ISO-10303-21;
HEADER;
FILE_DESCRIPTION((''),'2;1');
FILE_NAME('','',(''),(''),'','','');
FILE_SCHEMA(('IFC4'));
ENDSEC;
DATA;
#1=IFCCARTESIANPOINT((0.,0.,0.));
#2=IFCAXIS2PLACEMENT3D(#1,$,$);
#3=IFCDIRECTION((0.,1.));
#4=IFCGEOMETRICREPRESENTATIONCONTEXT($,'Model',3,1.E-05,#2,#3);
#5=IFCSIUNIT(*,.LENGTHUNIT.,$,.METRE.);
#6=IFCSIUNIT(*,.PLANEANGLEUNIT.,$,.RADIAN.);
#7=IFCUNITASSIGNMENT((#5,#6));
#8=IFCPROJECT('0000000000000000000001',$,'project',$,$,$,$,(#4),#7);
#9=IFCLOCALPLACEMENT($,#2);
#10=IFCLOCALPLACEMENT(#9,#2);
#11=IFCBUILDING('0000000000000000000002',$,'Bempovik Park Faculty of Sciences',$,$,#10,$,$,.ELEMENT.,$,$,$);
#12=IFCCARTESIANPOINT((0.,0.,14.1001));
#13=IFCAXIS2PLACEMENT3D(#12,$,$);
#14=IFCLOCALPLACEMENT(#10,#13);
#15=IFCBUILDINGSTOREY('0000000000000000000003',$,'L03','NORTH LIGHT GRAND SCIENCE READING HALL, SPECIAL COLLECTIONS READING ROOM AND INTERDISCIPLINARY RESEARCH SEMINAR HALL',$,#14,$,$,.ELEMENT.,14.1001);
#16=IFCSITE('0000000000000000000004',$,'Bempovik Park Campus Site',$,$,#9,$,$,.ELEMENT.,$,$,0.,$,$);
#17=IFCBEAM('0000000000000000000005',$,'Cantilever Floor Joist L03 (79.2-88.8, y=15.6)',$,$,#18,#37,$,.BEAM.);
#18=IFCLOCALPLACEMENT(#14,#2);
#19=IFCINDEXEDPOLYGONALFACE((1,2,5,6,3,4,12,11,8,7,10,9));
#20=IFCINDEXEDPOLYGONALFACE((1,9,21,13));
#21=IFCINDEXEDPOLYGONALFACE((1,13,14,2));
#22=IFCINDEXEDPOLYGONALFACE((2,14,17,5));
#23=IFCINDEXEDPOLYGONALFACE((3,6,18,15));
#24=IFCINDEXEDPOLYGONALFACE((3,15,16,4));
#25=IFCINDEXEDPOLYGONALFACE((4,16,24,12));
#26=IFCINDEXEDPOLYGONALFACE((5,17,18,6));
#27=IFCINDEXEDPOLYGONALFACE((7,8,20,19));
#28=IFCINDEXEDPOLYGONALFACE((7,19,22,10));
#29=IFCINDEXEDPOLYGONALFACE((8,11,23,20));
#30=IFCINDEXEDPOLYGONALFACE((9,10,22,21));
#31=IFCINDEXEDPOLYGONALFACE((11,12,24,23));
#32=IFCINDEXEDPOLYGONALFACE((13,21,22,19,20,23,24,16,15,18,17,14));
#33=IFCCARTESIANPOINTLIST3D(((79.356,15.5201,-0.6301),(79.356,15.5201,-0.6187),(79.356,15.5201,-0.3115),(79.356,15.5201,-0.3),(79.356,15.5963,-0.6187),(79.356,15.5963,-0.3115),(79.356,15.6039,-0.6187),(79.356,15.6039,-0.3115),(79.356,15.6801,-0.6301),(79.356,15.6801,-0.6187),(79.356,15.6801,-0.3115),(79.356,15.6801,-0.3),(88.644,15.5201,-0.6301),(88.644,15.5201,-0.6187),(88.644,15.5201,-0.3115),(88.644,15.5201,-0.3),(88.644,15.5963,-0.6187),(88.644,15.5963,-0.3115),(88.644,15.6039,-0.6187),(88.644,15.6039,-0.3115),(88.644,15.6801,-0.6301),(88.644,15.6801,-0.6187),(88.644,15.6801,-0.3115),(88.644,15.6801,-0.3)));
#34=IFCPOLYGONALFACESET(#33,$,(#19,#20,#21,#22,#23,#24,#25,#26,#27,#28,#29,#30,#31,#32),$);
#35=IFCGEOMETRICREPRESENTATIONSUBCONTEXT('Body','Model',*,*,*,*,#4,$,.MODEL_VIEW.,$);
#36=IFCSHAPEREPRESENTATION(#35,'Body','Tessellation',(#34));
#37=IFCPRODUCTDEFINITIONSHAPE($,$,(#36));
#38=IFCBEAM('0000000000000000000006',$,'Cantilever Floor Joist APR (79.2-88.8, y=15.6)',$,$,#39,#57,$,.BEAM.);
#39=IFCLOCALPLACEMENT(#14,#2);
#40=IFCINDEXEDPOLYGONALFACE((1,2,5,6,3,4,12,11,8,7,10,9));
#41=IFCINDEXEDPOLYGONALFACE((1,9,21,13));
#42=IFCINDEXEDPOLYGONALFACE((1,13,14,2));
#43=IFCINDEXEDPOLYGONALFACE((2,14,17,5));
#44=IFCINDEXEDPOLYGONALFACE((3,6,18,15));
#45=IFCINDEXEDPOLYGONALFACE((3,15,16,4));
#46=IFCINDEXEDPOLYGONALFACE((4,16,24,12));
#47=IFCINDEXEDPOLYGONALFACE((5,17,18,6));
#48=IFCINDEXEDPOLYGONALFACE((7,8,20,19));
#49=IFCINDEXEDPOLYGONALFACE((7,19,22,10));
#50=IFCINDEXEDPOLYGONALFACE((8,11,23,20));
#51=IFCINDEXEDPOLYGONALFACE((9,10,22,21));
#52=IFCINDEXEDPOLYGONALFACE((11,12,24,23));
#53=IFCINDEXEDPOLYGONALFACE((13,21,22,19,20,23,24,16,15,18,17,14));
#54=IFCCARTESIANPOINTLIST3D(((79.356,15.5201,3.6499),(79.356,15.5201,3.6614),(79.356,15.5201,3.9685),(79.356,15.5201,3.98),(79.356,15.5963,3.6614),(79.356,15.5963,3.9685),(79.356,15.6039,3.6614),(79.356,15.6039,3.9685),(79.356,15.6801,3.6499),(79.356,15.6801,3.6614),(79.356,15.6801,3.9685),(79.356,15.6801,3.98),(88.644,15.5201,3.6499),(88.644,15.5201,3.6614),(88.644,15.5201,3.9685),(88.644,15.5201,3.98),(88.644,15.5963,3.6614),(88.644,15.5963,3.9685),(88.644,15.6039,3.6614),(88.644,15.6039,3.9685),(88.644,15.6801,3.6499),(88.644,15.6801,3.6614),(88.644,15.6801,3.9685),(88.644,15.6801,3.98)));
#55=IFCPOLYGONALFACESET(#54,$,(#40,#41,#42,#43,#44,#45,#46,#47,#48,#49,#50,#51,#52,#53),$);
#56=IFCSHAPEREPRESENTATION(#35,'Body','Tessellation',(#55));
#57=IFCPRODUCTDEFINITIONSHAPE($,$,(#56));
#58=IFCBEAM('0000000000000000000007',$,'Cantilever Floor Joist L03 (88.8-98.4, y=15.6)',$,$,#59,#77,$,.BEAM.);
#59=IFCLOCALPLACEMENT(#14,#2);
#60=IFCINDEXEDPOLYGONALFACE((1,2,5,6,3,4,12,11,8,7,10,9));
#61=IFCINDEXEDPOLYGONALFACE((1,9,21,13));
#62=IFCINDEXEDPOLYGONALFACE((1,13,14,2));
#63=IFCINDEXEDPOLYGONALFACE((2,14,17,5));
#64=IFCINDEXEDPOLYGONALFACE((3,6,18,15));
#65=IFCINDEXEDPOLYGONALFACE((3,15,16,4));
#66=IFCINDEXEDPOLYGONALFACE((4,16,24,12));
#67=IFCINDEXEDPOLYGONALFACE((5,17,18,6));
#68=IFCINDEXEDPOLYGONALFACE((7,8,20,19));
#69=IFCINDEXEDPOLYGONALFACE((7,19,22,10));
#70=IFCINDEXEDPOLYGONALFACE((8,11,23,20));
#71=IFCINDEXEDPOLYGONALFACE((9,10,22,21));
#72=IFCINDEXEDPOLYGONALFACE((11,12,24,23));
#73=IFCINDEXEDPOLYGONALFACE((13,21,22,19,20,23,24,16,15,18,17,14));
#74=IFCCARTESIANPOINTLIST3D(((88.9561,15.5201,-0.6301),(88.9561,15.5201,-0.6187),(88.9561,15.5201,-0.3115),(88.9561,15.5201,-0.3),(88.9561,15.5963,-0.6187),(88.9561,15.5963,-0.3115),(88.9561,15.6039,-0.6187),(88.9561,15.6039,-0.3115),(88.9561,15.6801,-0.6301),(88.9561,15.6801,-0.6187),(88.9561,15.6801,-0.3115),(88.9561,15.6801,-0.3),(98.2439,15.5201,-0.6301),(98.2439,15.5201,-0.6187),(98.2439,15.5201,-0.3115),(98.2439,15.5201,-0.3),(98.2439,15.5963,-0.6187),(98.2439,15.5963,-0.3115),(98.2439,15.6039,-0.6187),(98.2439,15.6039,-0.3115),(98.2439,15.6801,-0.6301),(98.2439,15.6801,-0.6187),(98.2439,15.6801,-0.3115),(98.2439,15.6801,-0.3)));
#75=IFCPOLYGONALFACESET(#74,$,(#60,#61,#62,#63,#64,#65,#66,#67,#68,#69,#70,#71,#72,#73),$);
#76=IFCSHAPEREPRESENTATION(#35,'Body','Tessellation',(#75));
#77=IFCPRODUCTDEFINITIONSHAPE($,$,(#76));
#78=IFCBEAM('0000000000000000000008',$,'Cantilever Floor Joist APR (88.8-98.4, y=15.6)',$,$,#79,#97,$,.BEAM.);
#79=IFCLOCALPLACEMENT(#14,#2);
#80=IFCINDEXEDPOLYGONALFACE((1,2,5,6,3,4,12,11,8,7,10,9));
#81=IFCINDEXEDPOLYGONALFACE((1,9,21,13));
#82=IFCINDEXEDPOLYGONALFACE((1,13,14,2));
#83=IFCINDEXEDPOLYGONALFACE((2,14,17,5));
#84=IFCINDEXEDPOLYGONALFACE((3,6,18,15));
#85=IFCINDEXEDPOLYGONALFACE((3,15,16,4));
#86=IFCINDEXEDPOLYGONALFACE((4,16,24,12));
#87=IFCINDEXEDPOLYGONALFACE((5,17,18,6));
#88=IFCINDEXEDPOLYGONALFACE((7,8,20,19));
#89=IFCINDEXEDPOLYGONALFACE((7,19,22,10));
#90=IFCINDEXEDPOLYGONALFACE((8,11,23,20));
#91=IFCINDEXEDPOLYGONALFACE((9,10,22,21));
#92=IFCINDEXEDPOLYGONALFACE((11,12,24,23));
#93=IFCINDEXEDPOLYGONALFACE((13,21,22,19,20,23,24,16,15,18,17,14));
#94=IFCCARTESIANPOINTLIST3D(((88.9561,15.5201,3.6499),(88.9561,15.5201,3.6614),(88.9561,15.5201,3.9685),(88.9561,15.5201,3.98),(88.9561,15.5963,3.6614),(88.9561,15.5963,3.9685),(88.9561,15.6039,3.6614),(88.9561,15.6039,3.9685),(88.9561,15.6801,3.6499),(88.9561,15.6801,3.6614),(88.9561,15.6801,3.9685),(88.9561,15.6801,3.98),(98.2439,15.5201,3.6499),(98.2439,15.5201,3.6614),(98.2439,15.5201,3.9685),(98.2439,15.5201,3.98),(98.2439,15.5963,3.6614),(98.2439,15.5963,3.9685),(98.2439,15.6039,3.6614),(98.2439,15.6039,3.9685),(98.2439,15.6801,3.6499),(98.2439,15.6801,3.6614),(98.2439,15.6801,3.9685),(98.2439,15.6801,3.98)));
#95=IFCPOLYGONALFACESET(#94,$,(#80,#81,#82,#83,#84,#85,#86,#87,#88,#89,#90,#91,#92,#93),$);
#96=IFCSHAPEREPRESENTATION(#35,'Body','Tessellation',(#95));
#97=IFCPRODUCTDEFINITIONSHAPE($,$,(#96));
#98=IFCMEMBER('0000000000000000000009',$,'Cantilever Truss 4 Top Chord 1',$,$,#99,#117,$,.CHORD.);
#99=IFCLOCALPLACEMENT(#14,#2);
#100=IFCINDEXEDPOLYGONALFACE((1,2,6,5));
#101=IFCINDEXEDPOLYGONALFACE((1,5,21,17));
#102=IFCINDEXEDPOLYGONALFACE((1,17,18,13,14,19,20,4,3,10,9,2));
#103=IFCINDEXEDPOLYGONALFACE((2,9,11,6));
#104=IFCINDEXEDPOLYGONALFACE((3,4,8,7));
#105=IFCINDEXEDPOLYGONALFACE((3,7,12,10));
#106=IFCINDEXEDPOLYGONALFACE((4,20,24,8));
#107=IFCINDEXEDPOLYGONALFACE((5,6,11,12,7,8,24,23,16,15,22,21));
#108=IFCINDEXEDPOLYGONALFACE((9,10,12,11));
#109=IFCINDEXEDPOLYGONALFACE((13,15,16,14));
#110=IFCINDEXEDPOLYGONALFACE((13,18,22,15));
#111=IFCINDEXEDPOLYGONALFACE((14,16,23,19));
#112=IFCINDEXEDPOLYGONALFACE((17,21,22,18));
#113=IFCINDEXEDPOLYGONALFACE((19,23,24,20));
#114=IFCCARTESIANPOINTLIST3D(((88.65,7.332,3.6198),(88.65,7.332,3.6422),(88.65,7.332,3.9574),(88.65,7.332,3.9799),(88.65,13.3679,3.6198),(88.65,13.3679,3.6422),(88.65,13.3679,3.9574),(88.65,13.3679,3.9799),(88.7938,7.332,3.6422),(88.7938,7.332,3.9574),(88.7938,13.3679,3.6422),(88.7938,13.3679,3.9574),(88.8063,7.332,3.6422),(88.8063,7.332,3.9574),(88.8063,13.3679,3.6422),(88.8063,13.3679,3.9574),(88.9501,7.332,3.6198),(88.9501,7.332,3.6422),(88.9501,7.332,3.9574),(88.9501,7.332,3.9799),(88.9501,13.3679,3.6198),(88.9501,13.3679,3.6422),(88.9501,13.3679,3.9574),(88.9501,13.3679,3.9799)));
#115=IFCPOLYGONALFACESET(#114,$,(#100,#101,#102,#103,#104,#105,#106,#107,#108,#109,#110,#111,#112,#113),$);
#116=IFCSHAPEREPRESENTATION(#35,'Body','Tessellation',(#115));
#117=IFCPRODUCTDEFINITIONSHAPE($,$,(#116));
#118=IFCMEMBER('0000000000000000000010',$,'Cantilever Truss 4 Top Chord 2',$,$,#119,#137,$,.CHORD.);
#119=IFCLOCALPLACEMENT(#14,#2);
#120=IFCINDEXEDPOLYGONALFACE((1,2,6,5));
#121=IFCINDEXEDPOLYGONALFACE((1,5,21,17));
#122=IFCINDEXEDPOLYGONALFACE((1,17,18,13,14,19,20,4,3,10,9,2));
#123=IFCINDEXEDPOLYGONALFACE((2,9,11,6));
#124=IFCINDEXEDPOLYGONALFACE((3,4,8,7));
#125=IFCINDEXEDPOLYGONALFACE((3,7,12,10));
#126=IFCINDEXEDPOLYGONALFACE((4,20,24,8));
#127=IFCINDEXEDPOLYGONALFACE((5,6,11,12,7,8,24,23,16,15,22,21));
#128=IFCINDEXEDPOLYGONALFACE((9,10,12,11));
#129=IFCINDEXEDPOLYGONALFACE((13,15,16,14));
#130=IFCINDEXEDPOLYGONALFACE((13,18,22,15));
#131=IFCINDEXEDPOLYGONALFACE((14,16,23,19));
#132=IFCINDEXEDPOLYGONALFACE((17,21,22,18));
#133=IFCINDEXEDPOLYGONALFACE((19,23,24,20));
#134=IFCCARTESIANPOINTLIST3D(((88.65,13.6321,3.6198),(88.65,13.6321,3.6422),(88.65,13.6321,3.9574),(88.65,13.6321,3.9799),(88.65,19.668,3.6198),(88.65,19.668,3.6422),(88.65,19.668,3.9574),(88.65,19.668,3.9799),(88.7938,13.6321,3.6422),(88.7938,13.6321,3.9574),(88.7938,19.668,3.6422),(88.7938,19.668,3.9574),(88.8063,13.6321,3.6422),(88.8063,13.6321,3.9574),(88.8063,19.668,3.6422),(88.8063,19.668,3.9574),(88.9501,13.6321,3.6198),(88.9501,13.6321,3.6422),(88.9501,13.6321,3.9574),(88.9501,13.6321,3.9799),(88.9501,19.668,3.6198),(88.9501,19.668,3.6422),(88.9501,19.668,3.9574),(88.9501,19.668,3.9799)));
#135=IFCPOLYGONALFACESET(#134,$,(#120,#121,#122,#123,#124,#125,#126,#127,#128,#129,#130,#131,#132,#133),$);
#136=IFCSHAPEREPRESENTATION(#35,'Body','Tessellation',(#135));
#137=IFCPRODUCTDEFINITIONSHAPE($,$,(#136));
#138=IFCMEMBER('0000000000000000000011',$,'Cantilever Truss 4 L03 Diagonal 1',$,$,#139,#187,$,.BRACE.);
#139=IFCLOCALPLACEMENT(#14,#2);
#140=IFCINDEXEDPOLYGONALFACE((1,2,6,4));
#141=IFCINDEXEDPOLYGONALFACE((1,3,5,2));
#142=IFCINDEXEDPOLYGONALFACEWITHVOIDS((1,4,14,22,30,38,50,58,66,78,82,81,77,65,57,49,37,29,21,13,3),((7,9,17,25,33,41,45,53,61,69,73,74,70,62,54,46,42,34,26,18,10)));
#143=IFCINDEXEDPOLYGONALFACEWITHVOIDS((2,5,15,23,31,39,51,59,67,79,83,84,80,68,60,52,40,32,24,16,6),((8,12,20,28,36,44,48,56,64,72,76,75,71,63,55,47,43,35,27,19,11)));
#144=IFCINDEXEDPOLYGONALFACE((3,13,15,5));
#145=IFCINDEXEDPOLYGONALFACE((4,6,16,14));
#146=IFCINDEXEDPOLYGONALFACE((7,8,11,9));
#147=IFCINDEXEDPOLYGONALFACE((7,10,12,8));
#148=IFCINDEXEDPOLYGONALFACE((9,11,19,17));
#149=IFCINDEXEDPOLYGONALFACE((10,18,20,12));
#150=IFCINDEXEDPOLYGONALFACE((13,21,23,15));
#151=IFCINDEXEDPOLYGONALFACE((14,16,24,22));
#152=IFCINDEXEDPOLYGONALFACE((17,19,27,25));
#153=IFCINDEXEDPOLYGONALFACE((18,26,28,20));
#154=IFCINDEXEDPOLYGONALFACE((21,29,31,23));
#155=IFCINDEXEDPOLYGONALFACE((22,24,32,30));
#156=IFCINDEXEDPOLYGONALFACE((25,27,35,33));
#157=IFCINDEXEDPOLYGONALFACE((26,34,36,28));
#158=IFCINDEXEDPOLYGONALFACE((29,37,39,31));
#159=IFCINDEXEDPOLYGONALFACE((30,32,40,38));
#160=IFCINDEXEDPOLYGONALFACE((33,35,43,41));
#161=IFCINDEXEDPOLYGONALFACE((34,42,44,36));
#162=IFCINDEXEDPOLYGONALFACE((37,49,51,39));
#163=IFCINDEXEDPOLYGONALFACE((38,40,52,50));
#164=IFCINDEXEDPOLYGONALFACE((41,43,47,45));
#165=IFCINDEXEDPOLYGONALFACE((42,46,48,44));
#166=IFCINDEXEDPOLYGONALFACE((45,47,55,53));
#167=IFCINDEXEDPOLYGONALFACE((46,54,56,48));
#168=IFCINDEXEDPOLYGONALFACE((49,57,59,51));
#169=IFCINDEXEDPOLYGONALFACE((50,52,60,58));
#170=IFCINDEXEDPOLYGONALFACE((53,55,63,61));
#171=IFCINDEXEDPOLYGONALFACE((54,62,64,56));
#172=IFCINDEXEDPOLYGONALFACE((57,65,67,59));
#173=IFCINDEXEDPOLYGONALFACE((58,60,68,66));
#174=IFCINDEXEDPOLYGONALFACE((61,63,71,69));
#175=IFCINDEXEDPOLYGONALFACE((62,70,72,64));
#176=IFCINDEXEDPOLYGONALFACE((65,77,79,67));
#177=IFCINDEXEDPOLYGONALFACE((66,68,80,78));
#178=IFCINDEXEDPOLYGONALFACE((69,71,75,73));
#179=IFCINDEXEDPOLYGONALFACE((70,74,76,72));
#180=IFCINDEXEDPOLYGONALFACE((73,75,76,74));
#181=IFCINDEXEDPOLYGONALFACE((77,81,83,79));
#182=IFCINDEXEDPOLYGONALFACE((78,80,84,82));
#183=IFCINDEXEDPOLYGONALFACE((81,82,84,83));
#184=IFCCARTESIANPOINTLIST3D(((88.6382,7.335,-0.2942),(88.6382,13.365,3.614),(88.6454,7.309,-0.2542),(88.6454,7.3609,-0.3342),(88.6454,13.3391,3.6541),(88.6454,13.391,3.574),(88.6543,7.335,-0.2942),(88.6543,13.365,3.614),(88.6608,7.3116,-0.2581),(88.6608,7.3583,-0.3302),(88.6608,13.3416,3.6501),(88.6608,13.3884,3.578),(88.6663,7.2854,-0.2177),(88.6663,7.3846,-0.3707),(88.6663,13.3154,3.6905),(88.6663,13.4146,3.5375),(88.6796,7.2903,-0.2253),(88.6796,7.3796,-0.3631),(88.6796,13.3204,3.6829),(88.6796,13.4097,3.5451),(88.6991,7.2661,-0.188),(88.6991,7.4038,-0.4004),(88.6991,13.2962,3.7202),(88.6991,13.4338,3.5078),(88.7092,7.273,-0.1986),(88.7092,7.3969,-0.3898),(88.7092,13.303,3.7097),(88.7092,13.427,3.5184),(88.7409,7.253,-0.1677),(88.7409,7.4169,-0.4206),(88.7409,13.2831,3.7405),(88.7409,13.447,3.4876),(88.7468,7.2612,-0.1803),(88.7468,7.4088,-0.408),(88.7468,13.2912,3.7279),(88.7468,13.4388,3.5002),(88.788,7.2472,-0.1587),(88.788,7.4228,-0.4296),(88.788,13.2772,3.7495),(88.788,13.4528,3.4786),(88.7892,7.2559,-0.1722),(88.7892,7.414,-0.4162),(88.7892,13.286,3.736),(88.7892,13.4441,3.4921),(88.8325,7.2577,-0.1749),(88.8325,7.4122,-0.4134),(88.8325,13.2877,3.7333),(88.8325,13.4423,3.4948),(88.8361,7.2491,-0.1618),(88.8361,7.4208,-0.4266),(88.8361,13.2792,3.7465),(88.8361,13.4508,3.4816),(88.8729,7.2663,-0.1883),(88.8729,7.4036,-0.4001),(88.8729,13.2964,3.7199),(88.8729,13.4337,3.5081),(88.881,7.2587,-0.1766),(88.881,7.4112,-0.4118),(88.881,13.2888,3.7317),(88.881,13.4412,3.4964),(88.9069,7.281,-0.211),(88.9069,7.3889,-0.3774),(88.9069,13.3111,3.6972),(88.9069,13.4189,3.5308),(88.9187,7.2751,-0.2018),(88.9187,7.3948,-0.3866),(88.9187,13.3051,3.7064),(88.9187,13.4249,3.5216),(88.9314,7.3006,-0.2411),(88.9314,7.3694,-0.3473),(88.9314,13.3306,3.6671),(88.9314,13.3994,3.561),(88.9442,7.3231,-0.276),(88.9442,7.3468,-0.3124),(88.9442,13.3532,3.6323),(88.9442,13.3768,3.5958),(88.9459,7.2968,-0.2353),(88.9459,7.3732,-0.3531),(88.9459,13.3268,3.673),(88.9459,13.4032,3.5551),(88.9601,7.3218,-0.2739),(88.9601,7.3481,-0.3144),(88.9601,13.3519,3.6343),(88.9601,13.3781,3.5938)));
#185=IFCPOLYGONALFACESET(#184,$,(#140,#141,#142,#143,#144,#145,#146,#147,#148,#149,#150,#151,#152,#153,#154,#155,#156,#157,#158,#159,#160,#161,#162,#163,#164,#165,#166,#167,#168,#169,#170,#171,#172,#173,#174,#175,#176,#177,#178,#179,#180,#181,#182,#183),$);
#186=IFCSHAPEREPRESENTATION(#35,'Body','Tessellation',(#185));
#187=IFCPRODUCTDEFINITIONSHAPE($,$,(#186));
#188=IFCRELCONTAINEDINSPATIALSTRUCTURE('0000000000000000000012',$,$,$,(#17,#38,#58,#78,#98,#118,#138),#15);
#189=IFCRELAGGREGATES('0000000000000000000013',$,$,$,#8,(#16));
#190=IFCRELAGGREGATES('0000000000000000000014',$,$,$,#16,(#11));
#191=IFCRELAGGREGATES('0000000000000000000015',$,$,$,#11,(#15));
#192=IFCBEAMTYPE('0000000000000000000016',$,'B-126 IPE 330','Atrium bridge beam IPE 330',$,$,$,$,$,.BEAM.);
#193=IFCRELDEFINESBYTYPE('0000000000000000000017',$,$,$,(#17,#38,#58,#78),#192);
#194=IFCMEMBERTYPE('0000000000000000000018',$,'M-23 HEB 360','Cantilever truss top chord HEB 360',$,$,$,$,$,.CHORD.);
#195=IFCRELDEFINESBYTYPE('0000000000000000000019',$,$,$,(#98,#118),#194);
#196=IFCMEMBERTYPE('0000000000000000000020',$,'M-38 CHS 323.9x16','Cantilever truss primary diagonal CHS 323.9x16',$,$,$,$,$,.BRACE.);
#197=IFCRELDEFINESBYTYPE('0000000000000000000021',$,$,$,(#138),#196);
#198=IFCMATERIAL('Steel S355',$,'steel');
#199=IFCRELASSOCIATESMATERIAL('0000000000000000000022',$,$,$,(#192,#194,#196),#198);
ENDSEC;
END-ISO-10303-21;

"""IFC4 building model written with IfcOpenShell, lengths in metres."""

from ifc_helpers import new_model, si_unit, direction, frame, origin, origin_2d, place, context, subcontext, project, spatial, hollow_circle, i_section, extrude, material, material_profile, profile_set, type_object, element, save


model = new_model("IFC4")

# Units and contexts
model_context = context("Model", 3, precision=1e-05, world=origin(), true_north=direction((0.0, 1.0)))
body_context = subcontext(model_context, "Body", "Model", "MODEL_VIEW")
ifc_project = project(units=[si_unit("LENGTHUNIT", "METRE"), si_unit("PLANEANGLEUNIT", "RADIAN")], contexts=[model_context])

# Site, building, storey
site_placement = place(None, origin())
site = spatial("IfcSite", under=ifc_project, at=site_placement, Name="Bempovik Park Campus Site", CompositionType="ELEMENT", RefElevation=0.0)
building_placement = place(site_placement, origin())
building = spatial("IfcBuilding", under=site, at=building_placement, Name="Bempovik Park Faculty of Sciences", CompositionType="ELEMENT")
storey_placement = place(building_placement, frame((0.0, 0.0, 14.1001)))
storey = spatial("IfcBuildingStorey", under=building, at=storey_placement, Name="L03", Description="NORTH LIGHT GRAND SCIENCE READING HALL, SPECIAL COLLECTIONS READING ROOM AND INTERDISCIPLINARY RESEARCH SEMINAR HALL", CompositionType="ELEMENT", Elevation=14.1001)

# Beams
ifc_material_1 = material(Name="Steel S355", Category="steel")
ifc_material_profile_1 = material_profile(ifc_material_1, i_section(OverallWidth=0.1599, OverallDepth=0.3301, WebThickness=0.0076, FlangeThickness=0.0115, at=origin_2d()), Name="IPE 330")
ifc_profile_set_1 = profile_set([ifc_material_profile_1], Name="Steel S355")
beam_type_1 = type_object("IfcBeamType", Name="B-126 IPE 330", Description="Atrium bridge beam IPE 330", PredefinedType="BEAM", material=ifc_profile_set_1)
for number, where, z_axis, x_axis, name in (
    (1, (79.356, 15.6001, -0.4651), (1.0, 0.0, 0.0), (0.0, 1.0, 0.0), "Cantilever Floor Joist L03 (79.2-88.8, y=15.6)"),
    (2, (79.356, 15.6001, 3.8149), (1.0, 0.0, 0.0), (0.0, 1.0, 0.0), "Cantilever Floor Joist APR (79.2-88.8, y=15.6)"),
):
    element("IfcBeam", number, at=place(storey_placement, frame(where, z_axis=z_axis, x_axis=x_axis)), inside=storey, type_object=beam_type_1, Name=name, PredefinedType="BEAM", context=body_context, shape_type="SweptSolid", body=[
        extrude(i_section(OverallWidth=0.1599, OverallDepth=0.3301, WebThickness=0.0076, FlangeThickness=0.0115, at=origin_2d()), origin(), (0.0, 0.0, 1.0), 9.2881),
    ])
for number, where, z_axis, x_axis, name in (
    (3, (88.9561, 15.6001, -0.4651), (1.0, 0.0, 0.0), (0.0, 1.0, 0.0), "Cantilever Floor Joist L03 (88.8-98.4, y=15.6)"),
    (4, (88.9561, 15.6001, 3.8149), (1.0, 0.0, 0.0), (0.0, 1.0, 0.0), "Cantilever Floor Joist APR (88.8-98.4, y=15.6)"),
):
    element("IfcBeam", number, at=place(storey_placement, frame(where, z_axis=z_axis, x_axis=x_axis)), inside=storey, type_object=beam_type_1, Name=name, PredefinedType="BEAM", context=body_context, shape_type="SweptSolid", body=[
        extrude(i_section(OverallWidth=0.1599, OverallDepth=0.3301, WebThickness=0.0076, FlangeThickness=0.0115, at=origin_2d()), origin(), (0.0, 0.0, 1.0), 9.2878),
    ])

# Members
ifc_material_profile_2 = material_profile(ifc_material_1, i_section(OverallWidth=0.3, OverallDepth=0.3601, WebThickness=0.0125, FlangeThickness=0.0225, at=origin_2d()), Name="HEB 360")
ifc_profile_set_2 = profile_set([ifc_material_profile_2], Name="Steel S355")
member_type_1 = type_object("IfcMemberType", Name="M-23 HEB 360", Description="Cantilever truss top chord HEB 360", PredefinedType="CHORD", material=ifc_profile_set_2)
for number, where, z_axis, x_axis, name in (
    (5, (88.8, 7.332, 3.7998), (0.0, 1.0, 0.0), (-1.0, 0.0, 0.0), "Cantilever Truss 4 Top Chord 1"),
    (6, (88.8, 13.6321, 3.7998), (0.0, 1.0, 0.0), (-1.0, 0.0, 0.0), "Cantilever Truss 4 Top Chord 2"),
):
    element("IfcMember", number, at=place(storey_placement, frame(where, z_axis=z_axis, x_axis=x_axis)), inside=storey, type_object=member_type_1, Name=name, PredefinedType="CHORD", context=body_context, shape_type="SweptSolid", body=[
        extrude(i_section(OverallWidth=0.3, OverallDepth=0.3601, WebThickness=0.0125, FlangeThickness=0.0225, at=origin_2d()), origin(), (0.0, 0.0, 1.0), 6.0359),
    ])
ifc_material_profile_3 = material_profile(ifc_material_1, hollow_circle(Radius=0.1619, WallThickness=0.0161, at=origin_2d()), Name="CHS 323.9x16")
ifc_profile_set_3 = profile_set([ifc_material_profile_3], Name="Steel S355")
member_type_2 = type_object("IfcMemberType", Name="M-38 CHS 323.9x16", Description="Cantilever truss primary diagonal CHS 323.9x16", PredefinedType="BRACE", material=ifc_profile_set_3)
for number, where, z_axis, x_axis, name in (
    (7, (88.8, 7.335, -0.2942), (0.0, 0.839162, 0.543881), (-1.0, 0.0, 0.0), "Cantilever Truss 4 L03 Diagonal 1"),
):
    element("IfcMember", number, at=place(storey_placement, frame(where, z_axis=z_axis, x_axis=x_axis)), inside=storey, type_object=member_type_2, Name=name, PredefinedType="BRACE", context=body_context, shape_type="SweptSolid", body=[
        extrude(hollow_circle(Radius=0.1619, WallThickness=0.0161, at=origin_2d()), origin(), (0.0, 0.0, 1.0), 7.1858),
    ])

save(model, "model.ifc")
